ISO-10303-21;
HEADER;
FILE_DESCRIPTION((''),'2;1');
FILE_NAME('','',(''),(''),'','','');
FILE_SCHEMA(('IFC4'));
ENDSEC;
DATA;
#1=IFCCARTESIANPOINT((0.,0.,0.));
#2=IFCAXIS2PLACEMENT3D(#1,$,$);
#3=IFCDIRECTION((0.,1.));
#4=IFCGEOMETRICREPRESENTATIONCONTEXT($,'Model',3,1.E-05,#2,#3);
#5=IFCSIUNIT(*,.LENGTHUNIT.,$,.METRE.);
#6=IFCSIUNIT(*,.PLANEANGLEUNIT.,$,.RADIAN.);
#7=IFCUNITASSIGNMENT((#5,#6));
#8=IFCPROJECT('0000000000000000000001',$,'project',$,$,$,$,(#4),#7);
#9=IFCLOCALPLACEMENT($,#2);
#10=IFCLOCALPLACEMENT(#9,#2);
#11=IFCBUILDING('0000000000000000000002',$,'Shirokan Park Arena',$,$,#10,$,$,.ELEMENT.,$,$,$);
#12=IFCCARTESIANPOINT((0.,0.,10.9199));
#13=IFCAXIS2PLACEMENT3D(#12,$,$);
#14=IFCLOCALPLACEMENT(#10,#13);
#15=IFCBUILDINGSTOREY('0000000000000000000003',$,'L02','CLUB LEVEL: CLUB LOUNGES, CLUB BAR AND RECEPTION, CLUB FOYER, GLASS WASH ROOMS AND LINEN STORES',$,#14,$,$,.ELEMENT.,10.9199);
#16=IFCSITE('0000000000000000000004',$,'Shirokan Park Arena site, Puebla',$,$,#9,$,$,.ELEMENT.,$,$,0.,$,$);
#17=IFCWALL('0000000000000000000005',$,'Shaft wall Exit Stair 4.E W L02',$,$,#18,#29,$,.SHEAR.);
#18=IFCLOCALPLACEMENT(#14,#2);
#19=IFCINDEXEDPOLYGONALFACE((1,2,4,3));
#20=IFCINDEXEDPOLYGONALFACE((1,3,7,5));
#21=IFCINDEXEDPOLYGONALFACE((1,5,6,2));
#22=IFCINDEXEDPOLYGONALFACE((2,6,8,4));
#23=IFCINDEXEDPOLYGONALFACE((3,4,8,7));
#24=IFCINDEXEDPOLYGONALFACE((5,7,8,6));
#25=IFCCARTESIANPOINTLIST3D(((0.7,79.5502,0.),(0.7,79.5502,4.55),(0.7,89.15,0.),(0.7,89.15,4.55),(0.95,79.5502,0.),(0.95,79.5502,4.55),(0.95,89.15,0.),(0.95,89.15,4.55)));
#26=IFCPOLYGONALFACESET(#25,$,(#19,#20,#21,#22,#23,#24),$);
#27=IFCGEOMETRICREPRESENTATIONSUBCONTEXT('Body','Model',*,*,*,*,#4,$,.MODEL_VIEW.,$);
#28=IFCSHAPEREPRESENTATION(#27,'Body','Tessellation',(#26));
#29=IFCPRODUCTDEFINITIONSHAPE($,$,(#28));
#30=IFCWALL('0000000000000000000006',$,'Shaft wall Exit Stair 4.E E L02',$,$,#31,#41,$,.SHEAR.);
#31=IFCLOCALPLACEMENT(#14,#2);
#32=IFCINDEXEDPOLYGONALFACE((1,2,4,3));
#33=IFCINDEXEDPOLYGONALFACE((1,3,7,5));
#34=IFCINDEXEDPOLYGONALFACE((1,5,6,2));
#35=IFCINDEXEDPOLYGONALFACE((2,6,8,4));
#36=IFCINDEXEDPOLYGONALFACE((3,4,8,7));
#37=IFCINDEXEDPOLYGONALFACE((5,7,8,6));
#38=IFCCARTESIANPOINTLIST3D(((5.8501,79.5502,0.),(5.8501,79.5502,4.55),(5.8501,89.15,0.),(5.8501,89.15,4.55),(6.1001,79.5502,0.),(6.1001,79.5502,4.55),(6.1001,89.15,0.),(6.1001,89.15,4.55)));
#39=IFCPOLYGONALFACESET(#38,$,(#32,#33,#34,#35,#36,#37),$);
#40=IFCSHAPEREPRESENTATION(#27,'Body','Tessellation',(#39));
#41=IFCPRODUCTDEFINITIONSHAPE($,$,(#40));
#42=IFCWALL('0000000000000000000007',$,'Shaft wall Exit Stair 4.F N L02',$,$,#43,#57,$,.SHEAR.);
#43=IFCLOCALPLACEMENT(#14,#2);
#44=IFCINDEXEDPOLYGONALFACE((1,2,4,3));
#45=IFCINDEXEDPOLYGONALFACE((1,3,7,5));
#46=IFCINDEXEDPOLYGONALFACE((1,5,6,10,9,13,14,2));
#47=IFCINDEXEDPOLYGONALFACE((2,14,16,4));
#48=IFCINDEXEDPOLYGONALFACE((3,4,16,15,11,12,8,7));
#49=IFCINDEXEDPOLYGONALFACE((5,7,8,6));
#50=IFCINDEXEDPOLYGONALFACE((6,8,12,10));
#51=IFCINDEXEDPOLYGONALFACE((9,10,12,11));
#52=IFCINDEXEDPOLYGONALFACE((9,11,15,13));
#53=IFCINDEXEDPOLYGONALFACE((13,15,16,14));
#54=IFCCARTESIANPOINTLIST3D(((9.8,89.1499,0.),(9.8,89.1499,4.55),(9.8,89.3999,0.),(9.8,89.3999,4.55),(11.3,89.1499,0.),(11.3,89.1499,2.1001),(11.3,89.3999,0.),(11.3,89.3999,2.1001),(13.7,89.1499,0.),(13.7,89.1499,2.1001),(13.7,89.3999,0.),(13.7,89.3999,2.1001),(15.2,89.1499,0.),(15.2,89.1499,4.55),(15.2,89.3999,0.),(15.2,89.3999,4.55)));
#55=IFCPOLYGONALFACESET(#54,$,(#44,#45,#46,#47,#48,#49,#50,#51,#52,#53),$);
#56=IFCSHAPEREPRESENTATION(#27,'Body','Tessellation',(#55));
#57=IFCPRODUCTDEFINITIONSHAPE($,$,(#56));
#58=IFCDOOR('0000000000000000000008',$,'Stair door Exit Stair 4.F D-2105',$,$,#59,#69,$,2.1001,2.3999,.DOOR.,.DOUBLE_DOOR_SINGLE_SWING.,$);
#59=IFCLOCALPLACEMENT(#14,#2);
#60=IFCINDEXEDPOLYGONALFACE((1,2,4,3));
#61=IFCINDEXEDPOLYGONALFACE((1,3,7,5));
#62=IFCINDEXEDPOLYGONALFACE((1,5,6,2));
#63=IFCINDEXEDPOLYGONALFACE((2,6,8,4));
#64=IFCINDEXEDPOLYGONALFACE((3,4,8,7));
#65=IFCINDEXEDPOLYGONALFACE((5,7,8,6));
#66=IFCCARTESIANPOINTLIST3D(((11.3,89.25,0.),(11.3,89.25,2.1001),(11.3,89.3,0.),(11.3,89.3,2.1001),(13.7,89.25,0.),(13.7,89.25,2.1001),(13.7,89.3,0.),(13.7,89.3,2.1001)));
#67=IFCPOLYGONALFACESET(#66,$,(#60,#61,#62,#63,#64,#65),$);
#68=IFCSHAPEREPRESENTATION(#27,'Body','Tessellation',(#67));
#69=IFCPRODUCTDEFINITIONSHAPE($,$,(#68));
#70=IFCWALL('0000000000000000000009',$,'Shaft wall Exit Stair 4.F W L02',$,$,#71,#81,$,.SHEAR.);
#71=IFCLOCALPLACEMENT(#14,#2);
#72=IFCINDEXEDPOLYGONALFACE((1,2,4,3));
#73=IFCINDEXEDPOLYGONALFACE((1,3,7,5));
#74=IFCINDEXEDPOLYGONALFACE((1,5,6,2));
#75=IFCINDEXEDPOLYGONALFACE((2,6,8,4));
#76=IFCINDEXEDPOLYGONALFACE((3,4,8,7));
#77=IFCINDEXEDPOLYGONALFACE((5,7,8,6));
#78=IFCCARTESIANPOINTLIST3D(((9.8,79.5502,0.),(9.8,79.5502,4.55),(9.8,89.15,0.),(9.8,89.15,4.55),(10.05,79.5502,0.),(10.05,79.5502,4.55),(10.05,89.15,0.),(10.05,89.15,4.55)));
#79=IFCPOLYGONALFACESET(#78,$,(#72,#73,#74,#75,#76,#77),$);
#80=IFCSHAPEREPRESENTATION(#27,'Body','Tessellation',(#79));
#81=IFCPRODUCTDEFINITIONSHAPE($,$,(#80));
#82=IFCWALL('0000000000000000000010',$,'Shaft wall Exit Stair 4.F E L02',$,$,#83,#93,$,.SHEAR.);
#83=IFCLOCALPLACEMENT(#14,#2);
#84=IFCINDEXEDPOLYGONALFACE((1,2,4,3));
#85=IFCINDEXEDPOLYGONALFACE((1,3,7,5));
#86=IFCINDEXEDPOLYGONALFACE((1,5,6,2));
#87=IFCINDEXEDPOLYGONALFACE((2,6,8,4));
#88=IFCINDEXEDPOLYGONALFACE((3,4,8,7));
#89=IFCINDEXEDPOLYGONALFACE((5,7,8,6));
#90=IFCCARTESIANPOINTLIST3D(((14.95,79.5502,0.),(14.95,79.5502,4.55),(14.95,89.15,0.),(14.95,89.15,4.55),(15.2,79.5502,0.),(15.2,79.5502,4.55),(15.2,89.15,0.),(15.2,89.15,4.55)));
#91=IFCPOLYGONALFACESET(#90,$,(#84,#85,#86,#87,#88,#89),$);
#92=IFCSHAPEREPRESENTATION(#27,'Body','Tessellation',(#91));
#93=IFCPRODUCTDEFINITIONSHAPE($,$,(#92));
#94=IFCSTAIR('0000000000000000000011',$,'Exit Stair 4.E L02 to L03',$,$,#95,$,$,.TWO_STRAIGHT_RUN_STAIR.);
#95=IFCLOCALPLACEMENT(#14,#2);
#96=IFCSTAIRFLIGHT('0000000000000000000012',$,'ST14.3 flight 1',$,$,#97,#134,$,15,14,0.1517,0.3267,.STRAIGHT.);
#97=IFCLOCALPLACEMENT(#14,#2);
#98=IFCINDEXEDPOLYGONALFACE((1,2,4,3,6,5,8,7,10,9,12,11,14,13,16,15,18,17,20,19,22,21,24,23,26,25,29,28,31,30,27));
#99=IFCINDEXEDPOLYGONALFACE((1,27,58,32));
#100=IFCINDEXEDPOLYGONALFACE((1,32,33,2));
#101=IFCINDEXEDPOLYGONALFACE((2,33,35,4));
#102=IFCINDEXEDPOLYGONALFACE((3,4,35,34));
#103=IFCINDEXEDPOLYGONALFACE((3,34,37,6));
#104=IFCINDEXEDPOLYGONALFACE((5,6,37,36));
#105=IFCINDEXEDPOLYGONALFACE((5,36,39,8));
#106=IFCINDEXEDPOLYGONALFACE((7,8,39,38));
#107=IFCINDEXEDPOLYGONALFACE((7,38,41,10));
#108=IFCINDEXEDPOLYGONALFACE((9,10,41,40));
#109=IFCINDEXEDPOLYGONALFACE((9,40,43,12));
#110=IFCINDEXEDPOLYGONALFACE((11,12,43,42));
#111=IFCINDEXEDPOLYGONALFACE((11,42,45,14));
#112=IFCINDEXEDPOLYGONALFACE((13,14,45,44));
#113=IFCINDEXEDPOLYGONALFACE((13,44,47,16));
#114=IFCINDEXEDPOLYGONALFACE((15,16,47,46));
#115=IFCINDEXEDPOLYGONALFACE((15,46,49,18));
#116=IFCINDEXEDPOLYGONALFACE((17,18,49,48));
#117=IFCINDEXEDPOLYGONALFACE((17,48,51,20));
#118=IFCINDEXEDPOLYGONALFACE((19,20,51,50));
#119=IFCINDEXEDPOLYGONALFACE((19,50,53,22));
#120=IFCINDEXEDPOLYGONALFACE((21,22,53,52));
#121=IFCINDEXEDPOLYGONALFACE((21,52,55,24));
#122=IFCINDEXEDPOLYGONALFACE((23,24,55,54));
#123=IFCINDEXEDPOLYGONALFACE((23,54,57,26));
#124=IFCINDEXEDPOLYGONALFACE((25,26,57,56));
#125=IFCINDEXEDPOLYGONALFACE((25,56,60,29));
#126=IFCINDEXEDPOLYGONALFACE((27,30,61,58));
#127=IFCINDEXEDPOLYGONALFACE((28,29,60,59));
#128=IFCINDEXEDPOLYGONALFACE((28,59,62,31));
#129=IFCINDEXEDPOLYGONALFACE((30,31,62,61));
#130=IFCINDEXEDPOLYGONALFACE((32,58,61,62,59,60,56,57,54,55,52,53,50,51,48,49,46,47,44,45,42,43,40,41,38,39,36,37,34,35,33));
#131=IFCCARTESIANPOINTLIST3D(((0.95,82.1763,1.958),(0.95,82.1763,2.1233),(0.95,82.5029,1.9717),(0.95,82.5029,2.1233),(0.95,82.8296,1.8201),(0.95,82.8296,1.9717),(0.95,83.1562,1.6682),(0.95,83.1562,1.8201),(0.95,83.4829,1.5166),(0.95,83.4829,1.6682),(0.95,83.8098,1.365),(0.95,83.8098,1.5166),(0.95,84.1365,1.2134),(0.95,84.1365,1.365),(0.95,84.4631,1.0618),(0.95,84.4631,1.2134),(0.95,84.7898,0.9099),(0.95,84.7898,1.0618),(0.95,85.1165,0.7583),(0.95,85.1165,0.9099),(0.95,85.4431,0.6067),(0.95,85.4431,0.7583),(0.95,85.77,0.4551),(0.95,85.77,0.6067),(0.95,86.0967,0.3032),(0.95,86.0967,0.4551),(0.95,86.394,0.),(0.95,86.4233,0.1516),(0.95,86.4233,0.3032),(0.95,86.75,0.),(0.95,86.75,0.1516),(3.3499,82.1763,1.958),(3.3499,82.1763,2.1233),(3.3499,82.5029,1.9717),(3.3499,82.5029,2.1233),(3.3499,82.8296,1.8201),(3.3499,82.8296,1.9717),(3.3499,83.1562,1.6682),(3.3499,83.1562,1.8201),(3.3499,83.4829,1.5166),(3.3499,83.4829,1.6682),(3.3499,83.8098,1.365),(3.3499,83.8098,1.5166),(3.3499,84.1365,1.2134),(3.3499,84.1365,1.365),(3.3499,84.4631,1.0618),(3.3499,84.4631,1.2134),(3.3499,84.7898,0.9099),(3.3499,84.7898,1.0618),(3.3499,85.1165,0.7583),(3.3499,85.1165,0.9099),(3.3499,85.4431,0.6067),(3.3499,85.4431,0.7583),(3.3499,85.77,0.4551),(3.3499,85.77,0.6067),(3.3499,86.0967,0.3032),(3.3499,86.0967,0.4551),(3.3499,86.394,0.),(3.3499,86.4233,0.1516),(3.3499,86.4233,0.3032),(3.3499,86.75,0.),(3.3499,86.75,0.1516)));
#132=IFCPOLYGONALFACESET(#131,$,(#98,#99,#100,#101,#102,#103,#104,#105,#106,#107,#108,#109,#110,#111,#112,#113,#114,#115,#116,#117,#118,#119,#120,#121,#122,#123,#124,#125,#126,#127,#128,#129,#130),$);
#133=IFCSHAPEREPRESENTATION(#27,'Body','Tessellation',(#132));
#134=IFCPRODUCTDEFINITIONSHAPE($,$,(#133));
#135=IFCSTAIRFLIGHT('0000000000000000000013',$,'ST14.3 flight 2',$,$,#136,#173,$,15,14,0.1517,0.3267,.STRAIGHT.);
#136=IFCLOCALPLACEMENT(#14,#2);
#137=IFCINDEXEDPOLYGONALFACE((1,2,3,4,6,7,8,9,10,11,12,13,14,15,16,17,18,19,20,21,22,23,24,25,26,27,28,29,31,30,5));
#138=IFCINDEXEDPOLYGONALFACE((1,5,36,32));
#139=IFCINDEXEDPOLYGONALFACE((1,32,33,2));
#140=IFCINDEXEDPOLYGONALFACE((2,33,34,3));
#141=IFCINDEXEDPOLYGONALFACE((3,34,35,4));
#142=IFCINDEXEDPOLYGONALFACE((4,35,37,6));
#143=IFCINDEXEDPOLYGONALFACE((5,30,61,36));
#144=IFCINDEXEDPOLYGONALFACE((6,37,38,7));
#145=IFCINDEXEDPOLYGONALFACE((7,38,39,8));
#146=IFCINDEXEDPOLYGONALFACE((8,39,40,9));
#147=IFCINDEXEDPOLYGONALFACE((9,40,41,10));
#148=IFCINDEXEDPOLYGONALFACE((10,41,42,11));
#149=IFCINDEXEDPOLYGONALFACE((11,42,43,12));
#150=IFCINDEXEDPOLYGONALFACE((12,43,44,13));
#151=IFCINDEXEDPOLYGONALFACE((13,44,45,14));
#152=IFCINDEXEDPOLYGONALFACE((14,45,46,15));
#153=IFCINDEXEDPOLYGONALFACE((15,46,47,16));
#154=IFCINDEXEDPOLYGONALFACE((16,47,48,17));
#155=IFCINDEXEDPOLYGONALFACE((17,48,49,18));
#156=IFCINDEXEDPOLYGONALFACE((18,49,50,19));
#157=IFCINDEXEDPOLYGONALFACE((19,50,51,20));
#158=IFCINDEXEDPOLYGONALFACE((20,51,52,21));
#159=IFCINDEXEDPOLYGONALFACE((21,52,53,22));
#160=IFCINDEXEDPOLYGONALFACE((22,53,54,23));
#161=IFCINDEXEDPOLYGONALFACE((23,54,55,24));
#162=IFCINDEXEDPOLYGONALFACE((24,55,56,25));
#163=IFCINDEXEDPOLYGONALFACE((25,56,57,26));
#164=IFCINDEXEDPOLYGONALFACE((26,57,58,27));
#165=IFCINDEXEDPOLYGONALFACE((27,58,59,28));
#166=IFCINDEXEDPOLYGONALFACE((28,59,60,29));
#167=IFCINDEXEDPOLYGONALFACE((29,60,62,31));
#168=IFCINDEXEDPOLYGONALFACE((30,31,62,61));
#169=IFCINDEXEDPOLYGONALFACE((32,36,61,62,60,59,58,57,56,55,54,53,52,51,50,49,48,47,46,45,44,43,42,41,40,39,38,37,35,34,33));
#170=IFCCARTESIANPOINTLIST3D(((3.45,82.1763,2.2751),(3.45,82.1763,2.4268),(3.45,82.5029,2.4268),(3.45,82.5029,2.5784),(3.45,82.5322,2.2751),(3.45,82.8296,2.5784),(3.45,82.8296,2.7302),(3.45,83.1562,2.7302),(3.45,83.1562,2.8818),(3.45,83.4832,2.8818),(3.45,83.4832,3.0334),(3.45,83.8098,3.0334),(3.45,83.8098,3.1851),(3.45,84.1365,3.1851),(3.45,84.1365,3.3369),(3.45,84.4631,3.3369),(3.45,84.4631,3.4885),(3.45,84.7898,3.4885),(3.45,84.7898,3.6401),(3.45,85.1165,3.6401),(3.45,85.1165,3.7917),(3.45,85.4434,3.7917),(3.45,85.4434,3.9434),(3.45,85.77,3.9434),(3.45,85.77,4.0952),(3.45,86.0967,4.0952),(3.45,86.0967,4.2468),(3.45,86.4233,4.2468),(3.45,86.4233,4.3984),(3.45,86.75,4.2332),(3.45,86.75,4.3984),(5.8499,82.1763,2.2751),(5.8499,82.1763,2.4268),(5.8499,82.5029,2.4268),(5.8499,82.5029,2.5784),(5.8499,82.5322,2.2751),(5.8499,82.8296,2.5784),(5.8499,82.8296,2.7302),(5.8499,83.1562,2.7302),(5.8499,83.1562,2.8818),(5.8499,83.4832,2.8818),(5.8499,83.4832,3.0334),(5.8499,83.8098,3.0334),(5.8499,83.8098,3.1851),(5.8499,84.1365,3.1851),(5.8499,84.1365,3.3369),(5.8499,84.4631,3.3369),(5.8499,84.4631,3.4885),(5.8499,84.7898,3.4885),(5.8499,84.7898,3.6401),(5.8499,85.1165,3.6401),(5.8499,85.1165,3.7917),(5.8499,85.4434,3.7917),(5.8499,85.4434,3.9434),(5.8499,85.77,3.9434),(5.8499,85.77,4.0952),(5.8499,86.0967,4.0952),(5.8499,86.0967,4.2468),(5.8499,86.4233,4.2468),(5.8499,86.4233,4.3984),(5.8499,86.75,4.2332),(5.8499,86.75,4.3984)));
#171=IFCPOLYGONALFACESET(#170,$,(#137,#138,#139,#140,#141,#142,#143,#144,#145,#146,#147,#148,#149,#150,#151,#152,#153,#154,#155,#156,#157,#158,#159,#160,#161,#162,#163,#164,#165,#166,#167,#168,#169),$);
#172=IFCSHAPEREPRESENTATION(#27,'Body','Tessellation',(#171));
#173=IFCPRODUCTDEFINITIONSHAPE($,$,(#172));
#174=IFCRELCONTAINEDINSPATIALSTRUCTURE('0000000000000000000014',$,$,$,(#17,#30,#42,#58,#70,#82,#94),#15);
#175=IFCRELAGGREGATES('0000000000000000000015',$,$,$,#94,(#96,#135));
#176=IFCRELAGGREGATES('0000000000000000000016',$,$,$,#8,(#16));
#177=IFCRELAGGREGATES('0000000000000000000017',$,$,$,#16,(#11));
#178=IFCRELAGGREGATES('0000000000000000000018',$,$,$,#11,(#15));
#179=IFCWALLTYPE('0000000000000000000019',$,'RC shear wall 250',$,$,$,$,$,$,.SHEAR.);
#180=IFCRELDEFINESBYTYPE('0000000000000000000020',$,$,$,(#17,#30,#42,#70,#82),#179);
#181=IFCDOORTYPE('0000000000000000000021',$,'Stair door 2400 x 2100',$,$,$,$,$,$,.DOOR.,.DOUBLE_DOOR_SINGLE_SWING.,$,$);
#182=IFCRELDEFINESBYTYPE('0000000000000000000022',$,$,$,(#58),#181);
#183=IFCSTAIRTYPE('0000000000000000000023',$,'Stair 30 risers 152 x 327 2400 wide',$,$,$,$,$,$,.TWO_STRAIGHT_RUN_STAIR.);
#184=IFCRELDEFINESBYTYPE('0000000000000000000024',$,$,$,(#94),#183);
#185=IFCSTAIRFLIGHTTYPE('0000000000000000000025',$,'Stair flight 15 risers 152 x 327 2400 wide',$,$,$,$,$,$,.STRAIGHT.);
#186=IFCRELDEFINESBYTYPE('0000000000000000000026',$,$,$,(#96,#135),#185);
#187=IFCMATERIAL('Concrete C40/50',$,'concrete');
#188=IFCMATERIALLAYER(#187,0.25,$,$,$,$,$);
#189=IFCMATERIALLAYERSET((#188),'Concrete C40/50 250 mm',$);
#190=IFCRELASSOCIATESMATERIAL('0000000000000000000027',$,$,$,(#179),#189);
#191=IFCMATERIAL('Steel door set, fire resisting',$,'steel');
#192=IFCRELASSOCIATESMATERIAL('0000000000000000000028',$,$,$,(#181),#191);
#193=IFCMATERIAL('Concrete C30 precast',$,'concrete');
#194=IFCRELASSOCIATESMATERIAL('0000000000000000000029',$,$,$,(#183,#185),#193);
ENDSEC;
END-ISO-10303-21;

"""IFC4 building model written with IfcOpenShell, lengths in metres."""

from ifc_helpers import new_model, si_unit, direction, frame, frame_2d, origin, place, context, subcontext, project, spatial, polyline, rectangle, outline, extrude, material, layer, layer_set, type_object, element, fill, aggregate, save


model = new_model("IFC4")

# Units and contexts
model_context = context("Model", 3, precision=1e-05, world=origin(), true_north=direction((0.0, 1.0)))
body_context = subcontext(model_context, "Body", "Model", "MODEL_VIEW")
ifc_project = project(units=[si_unit("LENGTHUNIT", "METRE"), si_unit("PLANEANGLEUNIT", "RADIAN")], contexts=[model_context])

# Site, building, storey
site_placement = place(None, origin())
site = spatial("IfcSite", under=ifc_project, at=site_placement, Name="Shirokan Park Arena site, Puebla", CompositionType="ELEMENT", RefElevation=0.0)
building_placement = place(site_placement, origin())
building = spatial("IfcBuilding", under=site, at=building_placement, Name="Shirokan Park Arena", CompositionType="ELEMENT")
storey_placement = place(building_placement, frame((0.0, 0.0, 10.9199)))
storey = spatial("IfcBuildingStorey", under=building, at=storey_placement, Name="L02", Description="CLUB LEVEL: CLUB LOUNGES, CLUB BAR AND RECEPTION, CLUB FOYER, GLASS WASH ROOMS AND LINEN STORES", CompositionType="ELEMENT", Elevation=10.9199)

# Shared definitions
ifc_material_1 = material(Name="Concrete C40/50", Category="concrete")
ifc_layer_1 = layer(ifc_material_1, 0.25)
ifc_layer_set_1 = layer_set([ifc_layer_1], Name="Concrete C40/50 250 mm")
wall_type_1 = type_object("IfcWallType", Name="RC shear wall 250", PredefinedType="SHEAR", material=ifc_layer_set_1)
ifc_material_2 = material(Name="Steel door set, fire resisting", Category="steel")
door_type_1 = type_object("IfcDoorType", Name="Stair door 2400 x 2100", OperationType="DOUBLE_DOOR_SINGLE_SWING", PredefinedType="DOOR", material=ifc_material_2)

# Walls
for number, where, z_axis, x_axis, name in (
    (1, (0.825, 89.1499, 0.0), (0.0, 0.0, 1.0), (0.0, -1.0, 0.0), "Shaft wall Exit Stair 4.E W L02"),
    (2, (5.9751, 89.1499, 0.0), (0.0, 0.0, 1.0), (0.0, -1.0, 0.0), "Shaft wall Exit Stair 4.E E L02"),
):
    element("IfcWall", number, at=place(storey_placement, frame(where, z_axis=z_axis, x_axis=x_axis)), inside=storey, type_object=wall_type_1, Name=name, PredefinedType="SHEAR", context=body_context, shape_type="SweptSolid", body=[
        extrude(rectangle(XDim=9.5999, YDim=0.25, at=frame_2d((4.7998, 0.0))), origin(), (0.0, 0.0, 1.0), 4.55),
    ])

# Wall, opening, door
wall_1_placement = place(storey_placement, frame((15.2, 89.2749, 0.0), z_axis=(0.0, 0.0, 1.0), x_axis=(-1.0, 0.0, 0.0)))
wall_1 = element("IfcWall", 3, at=wall_1_placement, inside=storey, type_object=wall_type_1, Name="Shaft wall Exit Stair 4.F N L02", PredefinedType="SHEAR", context=body_context, shape_type="SweptSolid", body=[
    extrude(rectangle(XDim=5.3999, YDim=0.25, at=frame_2d((2.7, 0.0))), origin(), (0.0, 0.0, 1.0), 4.55),
])
opening_1_placement = place(wall_1_placement, frame((1.5, 0.0, 0.0)))
opening_1 = element("IfcOpeningElement", 4, at=opening_1_placement, cuts=wall_1, PredefinedType="OPENING", context=body_context, shape_type="SweptSolid", body=[
    extrude(rectangle(XDim=2.3999, YDim=2.1001, at=frame_2d((1.2, 1.05))), frame((0.0, 0.135, 0.0), z_axis=(0.0, -1.0, 0.0), x_axis=(1.0, 0.0, 0.0)), (0.0, 0.0, 1.0), 0.27),
])
door_1_placement = place(opening_1_placement, origin())
door_1 = element("IfcDoor", 5, at=door_1_placement, inside=storey, type_object=door_type_1, Name="Stair door Exit Stair 4.F D-2105", OperationType="DOUBLE_DOOR_SINGLE_SWING", OverallHeight=2.1001, OverallWidth=2.3999, PredefinedType="DOOR", context=body_context, shape_type="SweptSolid", body=[
    extrude(rectangle(XDim=2.3999, YDim=2.1001, at=frame_2d((1.2, 1.05))), frame((0.0, 0.0249, 0.0), z_axis=(0.0, -1.0, 0.0), x_axis=(1.0, 0.0, 0.0)), (0.0, 0.0, 1.0), 0.05),
])
fill(opening_1, door_1)

# Walls
for number, where, z_axis, x_axis, name in (
    (6, (9.925, 89.1499, 0.0), (0.0, 0.0, 1.0), (0.0, -1.0, 0.0), "Shaft wall Exit Stair 4.F W L02"),
    (7, (15.075, 89.1499, 0.0), (0.0, 0.0, 1.0), (0.0, -1.0, 0.0), "Shaft wall Exit Stair 4.F E L02"),
):
    element("IfcWall", number, at=place(storey_placement, frame(where, z_axis=z_axis, x_axis=x_axis)), inside=storey, type_object=wall_type_1, Name=name, PredefinedType="SHEAR", context=body_context, shape_type="SweptSolid", body=[
        extrude(rectangle(XDim=9.5999, YDim=0.25, at=frame_2d((4.7998, 0.0))), origin(), (0.0, 0.0, 1.0), 4.55),
    ])

# Stair, stair flights
ifc_material_3 = material(Name="Concrete C30 precast", Category="concrete")
stair_type = type_object("IfcStairType", Name="Stair 30 risers 152 x 327 2400 wide", PredefinedType="TWO_STRAIGHT_RUN_STAIR", material=ifc_material_3)
stair_1_placement = place(storey_placement, origin())
stair_1 = element("IfcStair", 8, at=stair_1_placement, inside=storey, type_object=stair_type, Name="Exit Stair 4.E L02 to L03", PredefinedType="TWO_STRAIGHT_RUN_STAIR")
stair_flight_type = type_object("IfcStairFlightType", Name="Stair flight 15 risers 152 x 327 2400 wide", PredefinedType="STRAIGHT", material=ifc_material_3)
stair_flight_1_placement = place(storey_placement, frame((2.1499, 86.75, 0.0), z_axis=(0.0, 0.0, 1.0), x_axis=(0.0, -1.0, 0.0)))
stair_flight_1 = element("IfcStairFlight", 9, at=stair_flight_1_placement, type_object=stair_flight_type, Name="ST14.3 flight 1", NumberOfRisers=15, NumberOfTreads=14, PredefinedType="STRAIGHT", RiserHeight=0.1517, TreadLength=0.3267, context=body_context, shape_type="SweptSolid", body=[
    extrude(outline(polyline([(0.0, 0.0), (0.0, 0.1516), (0.3267, 0.1516), (0.3267, 0.3032), (0.6533, 0.3032), (0.6533, 0.4551), (0.98, 0.4551), (0.98, 0.6067), (1.3069, 0.6067), (1.3069, 0.7583), (1.6335, 0.7583), (1.6335, 0.9099), (1.9602, 0.9099), (1.9602, 1.0618), (2.2869, 1.0618), (2.2869, 1.2134), (2.6135, 1.2134), (2.6135, 1.365), (2.9402, 1.365), (2.9402, 1.5166), (3.2671, 1.5166), (3.2671, 1.6682), (3.5938, 1.6682), (3.5938, 1.8201), (3.9204, 1.8201), (3.9204, 1.9717), (4.2471, 1.9717), (4.2471, 2.1233), (4.5737, 2.1233), (4.5737, 2.2749), (4.5737, 1.958), (0.356, 0.0), (0.0, 0.0)])), frame((0.0, 1.2, 0.0), z_axis=(0.0, -1.0, 0.0), x_axis=(1.0, 0.0, 0.0)), (0.0, 0.0, 1.0), 2.3999),
])
stair_flight_2_placement = place(storey_placement, frame((4.6499, 82.1763, 2.2751), z_axis=(0.0, 0.0, 1.0), x_axis=(0.0, 1.0, 0.0)))
stair_flight_2 = element("IfcStairFlight", 10, at=stair_flight_2_placement, type_object=stair_flight_type, Name="ST14.3 flight 2", NumberOfRisers=15, NumberOfTreads=14, PredefinedType="STRAIGHT", RiserHeight=0.1517, TreadLength=0.3267, context=body_context, shape_type="SweptSolid", body=[
    extrude(outline(polyline([(0.0, 0.0), (0.0, 0.1516), (0.3267, 0.1516), (0.3267, 0.3032), (0.6533, 0.3032), (0.6533, 0.4551), (0.98, 0.4551), (0.98, 0.6067), (1.3069, 0.6067), (1.3069, 0.7583), (1.6335, 0.7583), (1.6335, 0.9099), (1.9602, 0.9099), (1.9602, 1.0618), (2.2869, 1.0618), (2.2869, 1.2134), (2.6135, 1.2134), (2.6135, 1.365), (2.9402, 1.365), (2.9402, 1.5166), (3.2671, 1.5166), (3.2671, 1.6682), (3.5938, 1.6682), (3.5938, 1.8201), (3.9204, 1.8201), (3.9204, 1.9717), (4.2471, 1.9717), (4.2471, 2.1233), (4.5737, 2.1233), (4.5737, 2.2749), (4.5737, 1.958), (0.356, 0.0), (0.0, 0.0)])), frame((0.0, 1.2, 0.0), z_axis=(0.0, -1.0, 0.0), x_axis=(1.0, 0.0, 0.0)), (0.0, 0.0, 1.0), 2.3999),
])
aggregate(stair_1, [stair_flight_1, stair_flight_2])

save(model, "model.ifc")
